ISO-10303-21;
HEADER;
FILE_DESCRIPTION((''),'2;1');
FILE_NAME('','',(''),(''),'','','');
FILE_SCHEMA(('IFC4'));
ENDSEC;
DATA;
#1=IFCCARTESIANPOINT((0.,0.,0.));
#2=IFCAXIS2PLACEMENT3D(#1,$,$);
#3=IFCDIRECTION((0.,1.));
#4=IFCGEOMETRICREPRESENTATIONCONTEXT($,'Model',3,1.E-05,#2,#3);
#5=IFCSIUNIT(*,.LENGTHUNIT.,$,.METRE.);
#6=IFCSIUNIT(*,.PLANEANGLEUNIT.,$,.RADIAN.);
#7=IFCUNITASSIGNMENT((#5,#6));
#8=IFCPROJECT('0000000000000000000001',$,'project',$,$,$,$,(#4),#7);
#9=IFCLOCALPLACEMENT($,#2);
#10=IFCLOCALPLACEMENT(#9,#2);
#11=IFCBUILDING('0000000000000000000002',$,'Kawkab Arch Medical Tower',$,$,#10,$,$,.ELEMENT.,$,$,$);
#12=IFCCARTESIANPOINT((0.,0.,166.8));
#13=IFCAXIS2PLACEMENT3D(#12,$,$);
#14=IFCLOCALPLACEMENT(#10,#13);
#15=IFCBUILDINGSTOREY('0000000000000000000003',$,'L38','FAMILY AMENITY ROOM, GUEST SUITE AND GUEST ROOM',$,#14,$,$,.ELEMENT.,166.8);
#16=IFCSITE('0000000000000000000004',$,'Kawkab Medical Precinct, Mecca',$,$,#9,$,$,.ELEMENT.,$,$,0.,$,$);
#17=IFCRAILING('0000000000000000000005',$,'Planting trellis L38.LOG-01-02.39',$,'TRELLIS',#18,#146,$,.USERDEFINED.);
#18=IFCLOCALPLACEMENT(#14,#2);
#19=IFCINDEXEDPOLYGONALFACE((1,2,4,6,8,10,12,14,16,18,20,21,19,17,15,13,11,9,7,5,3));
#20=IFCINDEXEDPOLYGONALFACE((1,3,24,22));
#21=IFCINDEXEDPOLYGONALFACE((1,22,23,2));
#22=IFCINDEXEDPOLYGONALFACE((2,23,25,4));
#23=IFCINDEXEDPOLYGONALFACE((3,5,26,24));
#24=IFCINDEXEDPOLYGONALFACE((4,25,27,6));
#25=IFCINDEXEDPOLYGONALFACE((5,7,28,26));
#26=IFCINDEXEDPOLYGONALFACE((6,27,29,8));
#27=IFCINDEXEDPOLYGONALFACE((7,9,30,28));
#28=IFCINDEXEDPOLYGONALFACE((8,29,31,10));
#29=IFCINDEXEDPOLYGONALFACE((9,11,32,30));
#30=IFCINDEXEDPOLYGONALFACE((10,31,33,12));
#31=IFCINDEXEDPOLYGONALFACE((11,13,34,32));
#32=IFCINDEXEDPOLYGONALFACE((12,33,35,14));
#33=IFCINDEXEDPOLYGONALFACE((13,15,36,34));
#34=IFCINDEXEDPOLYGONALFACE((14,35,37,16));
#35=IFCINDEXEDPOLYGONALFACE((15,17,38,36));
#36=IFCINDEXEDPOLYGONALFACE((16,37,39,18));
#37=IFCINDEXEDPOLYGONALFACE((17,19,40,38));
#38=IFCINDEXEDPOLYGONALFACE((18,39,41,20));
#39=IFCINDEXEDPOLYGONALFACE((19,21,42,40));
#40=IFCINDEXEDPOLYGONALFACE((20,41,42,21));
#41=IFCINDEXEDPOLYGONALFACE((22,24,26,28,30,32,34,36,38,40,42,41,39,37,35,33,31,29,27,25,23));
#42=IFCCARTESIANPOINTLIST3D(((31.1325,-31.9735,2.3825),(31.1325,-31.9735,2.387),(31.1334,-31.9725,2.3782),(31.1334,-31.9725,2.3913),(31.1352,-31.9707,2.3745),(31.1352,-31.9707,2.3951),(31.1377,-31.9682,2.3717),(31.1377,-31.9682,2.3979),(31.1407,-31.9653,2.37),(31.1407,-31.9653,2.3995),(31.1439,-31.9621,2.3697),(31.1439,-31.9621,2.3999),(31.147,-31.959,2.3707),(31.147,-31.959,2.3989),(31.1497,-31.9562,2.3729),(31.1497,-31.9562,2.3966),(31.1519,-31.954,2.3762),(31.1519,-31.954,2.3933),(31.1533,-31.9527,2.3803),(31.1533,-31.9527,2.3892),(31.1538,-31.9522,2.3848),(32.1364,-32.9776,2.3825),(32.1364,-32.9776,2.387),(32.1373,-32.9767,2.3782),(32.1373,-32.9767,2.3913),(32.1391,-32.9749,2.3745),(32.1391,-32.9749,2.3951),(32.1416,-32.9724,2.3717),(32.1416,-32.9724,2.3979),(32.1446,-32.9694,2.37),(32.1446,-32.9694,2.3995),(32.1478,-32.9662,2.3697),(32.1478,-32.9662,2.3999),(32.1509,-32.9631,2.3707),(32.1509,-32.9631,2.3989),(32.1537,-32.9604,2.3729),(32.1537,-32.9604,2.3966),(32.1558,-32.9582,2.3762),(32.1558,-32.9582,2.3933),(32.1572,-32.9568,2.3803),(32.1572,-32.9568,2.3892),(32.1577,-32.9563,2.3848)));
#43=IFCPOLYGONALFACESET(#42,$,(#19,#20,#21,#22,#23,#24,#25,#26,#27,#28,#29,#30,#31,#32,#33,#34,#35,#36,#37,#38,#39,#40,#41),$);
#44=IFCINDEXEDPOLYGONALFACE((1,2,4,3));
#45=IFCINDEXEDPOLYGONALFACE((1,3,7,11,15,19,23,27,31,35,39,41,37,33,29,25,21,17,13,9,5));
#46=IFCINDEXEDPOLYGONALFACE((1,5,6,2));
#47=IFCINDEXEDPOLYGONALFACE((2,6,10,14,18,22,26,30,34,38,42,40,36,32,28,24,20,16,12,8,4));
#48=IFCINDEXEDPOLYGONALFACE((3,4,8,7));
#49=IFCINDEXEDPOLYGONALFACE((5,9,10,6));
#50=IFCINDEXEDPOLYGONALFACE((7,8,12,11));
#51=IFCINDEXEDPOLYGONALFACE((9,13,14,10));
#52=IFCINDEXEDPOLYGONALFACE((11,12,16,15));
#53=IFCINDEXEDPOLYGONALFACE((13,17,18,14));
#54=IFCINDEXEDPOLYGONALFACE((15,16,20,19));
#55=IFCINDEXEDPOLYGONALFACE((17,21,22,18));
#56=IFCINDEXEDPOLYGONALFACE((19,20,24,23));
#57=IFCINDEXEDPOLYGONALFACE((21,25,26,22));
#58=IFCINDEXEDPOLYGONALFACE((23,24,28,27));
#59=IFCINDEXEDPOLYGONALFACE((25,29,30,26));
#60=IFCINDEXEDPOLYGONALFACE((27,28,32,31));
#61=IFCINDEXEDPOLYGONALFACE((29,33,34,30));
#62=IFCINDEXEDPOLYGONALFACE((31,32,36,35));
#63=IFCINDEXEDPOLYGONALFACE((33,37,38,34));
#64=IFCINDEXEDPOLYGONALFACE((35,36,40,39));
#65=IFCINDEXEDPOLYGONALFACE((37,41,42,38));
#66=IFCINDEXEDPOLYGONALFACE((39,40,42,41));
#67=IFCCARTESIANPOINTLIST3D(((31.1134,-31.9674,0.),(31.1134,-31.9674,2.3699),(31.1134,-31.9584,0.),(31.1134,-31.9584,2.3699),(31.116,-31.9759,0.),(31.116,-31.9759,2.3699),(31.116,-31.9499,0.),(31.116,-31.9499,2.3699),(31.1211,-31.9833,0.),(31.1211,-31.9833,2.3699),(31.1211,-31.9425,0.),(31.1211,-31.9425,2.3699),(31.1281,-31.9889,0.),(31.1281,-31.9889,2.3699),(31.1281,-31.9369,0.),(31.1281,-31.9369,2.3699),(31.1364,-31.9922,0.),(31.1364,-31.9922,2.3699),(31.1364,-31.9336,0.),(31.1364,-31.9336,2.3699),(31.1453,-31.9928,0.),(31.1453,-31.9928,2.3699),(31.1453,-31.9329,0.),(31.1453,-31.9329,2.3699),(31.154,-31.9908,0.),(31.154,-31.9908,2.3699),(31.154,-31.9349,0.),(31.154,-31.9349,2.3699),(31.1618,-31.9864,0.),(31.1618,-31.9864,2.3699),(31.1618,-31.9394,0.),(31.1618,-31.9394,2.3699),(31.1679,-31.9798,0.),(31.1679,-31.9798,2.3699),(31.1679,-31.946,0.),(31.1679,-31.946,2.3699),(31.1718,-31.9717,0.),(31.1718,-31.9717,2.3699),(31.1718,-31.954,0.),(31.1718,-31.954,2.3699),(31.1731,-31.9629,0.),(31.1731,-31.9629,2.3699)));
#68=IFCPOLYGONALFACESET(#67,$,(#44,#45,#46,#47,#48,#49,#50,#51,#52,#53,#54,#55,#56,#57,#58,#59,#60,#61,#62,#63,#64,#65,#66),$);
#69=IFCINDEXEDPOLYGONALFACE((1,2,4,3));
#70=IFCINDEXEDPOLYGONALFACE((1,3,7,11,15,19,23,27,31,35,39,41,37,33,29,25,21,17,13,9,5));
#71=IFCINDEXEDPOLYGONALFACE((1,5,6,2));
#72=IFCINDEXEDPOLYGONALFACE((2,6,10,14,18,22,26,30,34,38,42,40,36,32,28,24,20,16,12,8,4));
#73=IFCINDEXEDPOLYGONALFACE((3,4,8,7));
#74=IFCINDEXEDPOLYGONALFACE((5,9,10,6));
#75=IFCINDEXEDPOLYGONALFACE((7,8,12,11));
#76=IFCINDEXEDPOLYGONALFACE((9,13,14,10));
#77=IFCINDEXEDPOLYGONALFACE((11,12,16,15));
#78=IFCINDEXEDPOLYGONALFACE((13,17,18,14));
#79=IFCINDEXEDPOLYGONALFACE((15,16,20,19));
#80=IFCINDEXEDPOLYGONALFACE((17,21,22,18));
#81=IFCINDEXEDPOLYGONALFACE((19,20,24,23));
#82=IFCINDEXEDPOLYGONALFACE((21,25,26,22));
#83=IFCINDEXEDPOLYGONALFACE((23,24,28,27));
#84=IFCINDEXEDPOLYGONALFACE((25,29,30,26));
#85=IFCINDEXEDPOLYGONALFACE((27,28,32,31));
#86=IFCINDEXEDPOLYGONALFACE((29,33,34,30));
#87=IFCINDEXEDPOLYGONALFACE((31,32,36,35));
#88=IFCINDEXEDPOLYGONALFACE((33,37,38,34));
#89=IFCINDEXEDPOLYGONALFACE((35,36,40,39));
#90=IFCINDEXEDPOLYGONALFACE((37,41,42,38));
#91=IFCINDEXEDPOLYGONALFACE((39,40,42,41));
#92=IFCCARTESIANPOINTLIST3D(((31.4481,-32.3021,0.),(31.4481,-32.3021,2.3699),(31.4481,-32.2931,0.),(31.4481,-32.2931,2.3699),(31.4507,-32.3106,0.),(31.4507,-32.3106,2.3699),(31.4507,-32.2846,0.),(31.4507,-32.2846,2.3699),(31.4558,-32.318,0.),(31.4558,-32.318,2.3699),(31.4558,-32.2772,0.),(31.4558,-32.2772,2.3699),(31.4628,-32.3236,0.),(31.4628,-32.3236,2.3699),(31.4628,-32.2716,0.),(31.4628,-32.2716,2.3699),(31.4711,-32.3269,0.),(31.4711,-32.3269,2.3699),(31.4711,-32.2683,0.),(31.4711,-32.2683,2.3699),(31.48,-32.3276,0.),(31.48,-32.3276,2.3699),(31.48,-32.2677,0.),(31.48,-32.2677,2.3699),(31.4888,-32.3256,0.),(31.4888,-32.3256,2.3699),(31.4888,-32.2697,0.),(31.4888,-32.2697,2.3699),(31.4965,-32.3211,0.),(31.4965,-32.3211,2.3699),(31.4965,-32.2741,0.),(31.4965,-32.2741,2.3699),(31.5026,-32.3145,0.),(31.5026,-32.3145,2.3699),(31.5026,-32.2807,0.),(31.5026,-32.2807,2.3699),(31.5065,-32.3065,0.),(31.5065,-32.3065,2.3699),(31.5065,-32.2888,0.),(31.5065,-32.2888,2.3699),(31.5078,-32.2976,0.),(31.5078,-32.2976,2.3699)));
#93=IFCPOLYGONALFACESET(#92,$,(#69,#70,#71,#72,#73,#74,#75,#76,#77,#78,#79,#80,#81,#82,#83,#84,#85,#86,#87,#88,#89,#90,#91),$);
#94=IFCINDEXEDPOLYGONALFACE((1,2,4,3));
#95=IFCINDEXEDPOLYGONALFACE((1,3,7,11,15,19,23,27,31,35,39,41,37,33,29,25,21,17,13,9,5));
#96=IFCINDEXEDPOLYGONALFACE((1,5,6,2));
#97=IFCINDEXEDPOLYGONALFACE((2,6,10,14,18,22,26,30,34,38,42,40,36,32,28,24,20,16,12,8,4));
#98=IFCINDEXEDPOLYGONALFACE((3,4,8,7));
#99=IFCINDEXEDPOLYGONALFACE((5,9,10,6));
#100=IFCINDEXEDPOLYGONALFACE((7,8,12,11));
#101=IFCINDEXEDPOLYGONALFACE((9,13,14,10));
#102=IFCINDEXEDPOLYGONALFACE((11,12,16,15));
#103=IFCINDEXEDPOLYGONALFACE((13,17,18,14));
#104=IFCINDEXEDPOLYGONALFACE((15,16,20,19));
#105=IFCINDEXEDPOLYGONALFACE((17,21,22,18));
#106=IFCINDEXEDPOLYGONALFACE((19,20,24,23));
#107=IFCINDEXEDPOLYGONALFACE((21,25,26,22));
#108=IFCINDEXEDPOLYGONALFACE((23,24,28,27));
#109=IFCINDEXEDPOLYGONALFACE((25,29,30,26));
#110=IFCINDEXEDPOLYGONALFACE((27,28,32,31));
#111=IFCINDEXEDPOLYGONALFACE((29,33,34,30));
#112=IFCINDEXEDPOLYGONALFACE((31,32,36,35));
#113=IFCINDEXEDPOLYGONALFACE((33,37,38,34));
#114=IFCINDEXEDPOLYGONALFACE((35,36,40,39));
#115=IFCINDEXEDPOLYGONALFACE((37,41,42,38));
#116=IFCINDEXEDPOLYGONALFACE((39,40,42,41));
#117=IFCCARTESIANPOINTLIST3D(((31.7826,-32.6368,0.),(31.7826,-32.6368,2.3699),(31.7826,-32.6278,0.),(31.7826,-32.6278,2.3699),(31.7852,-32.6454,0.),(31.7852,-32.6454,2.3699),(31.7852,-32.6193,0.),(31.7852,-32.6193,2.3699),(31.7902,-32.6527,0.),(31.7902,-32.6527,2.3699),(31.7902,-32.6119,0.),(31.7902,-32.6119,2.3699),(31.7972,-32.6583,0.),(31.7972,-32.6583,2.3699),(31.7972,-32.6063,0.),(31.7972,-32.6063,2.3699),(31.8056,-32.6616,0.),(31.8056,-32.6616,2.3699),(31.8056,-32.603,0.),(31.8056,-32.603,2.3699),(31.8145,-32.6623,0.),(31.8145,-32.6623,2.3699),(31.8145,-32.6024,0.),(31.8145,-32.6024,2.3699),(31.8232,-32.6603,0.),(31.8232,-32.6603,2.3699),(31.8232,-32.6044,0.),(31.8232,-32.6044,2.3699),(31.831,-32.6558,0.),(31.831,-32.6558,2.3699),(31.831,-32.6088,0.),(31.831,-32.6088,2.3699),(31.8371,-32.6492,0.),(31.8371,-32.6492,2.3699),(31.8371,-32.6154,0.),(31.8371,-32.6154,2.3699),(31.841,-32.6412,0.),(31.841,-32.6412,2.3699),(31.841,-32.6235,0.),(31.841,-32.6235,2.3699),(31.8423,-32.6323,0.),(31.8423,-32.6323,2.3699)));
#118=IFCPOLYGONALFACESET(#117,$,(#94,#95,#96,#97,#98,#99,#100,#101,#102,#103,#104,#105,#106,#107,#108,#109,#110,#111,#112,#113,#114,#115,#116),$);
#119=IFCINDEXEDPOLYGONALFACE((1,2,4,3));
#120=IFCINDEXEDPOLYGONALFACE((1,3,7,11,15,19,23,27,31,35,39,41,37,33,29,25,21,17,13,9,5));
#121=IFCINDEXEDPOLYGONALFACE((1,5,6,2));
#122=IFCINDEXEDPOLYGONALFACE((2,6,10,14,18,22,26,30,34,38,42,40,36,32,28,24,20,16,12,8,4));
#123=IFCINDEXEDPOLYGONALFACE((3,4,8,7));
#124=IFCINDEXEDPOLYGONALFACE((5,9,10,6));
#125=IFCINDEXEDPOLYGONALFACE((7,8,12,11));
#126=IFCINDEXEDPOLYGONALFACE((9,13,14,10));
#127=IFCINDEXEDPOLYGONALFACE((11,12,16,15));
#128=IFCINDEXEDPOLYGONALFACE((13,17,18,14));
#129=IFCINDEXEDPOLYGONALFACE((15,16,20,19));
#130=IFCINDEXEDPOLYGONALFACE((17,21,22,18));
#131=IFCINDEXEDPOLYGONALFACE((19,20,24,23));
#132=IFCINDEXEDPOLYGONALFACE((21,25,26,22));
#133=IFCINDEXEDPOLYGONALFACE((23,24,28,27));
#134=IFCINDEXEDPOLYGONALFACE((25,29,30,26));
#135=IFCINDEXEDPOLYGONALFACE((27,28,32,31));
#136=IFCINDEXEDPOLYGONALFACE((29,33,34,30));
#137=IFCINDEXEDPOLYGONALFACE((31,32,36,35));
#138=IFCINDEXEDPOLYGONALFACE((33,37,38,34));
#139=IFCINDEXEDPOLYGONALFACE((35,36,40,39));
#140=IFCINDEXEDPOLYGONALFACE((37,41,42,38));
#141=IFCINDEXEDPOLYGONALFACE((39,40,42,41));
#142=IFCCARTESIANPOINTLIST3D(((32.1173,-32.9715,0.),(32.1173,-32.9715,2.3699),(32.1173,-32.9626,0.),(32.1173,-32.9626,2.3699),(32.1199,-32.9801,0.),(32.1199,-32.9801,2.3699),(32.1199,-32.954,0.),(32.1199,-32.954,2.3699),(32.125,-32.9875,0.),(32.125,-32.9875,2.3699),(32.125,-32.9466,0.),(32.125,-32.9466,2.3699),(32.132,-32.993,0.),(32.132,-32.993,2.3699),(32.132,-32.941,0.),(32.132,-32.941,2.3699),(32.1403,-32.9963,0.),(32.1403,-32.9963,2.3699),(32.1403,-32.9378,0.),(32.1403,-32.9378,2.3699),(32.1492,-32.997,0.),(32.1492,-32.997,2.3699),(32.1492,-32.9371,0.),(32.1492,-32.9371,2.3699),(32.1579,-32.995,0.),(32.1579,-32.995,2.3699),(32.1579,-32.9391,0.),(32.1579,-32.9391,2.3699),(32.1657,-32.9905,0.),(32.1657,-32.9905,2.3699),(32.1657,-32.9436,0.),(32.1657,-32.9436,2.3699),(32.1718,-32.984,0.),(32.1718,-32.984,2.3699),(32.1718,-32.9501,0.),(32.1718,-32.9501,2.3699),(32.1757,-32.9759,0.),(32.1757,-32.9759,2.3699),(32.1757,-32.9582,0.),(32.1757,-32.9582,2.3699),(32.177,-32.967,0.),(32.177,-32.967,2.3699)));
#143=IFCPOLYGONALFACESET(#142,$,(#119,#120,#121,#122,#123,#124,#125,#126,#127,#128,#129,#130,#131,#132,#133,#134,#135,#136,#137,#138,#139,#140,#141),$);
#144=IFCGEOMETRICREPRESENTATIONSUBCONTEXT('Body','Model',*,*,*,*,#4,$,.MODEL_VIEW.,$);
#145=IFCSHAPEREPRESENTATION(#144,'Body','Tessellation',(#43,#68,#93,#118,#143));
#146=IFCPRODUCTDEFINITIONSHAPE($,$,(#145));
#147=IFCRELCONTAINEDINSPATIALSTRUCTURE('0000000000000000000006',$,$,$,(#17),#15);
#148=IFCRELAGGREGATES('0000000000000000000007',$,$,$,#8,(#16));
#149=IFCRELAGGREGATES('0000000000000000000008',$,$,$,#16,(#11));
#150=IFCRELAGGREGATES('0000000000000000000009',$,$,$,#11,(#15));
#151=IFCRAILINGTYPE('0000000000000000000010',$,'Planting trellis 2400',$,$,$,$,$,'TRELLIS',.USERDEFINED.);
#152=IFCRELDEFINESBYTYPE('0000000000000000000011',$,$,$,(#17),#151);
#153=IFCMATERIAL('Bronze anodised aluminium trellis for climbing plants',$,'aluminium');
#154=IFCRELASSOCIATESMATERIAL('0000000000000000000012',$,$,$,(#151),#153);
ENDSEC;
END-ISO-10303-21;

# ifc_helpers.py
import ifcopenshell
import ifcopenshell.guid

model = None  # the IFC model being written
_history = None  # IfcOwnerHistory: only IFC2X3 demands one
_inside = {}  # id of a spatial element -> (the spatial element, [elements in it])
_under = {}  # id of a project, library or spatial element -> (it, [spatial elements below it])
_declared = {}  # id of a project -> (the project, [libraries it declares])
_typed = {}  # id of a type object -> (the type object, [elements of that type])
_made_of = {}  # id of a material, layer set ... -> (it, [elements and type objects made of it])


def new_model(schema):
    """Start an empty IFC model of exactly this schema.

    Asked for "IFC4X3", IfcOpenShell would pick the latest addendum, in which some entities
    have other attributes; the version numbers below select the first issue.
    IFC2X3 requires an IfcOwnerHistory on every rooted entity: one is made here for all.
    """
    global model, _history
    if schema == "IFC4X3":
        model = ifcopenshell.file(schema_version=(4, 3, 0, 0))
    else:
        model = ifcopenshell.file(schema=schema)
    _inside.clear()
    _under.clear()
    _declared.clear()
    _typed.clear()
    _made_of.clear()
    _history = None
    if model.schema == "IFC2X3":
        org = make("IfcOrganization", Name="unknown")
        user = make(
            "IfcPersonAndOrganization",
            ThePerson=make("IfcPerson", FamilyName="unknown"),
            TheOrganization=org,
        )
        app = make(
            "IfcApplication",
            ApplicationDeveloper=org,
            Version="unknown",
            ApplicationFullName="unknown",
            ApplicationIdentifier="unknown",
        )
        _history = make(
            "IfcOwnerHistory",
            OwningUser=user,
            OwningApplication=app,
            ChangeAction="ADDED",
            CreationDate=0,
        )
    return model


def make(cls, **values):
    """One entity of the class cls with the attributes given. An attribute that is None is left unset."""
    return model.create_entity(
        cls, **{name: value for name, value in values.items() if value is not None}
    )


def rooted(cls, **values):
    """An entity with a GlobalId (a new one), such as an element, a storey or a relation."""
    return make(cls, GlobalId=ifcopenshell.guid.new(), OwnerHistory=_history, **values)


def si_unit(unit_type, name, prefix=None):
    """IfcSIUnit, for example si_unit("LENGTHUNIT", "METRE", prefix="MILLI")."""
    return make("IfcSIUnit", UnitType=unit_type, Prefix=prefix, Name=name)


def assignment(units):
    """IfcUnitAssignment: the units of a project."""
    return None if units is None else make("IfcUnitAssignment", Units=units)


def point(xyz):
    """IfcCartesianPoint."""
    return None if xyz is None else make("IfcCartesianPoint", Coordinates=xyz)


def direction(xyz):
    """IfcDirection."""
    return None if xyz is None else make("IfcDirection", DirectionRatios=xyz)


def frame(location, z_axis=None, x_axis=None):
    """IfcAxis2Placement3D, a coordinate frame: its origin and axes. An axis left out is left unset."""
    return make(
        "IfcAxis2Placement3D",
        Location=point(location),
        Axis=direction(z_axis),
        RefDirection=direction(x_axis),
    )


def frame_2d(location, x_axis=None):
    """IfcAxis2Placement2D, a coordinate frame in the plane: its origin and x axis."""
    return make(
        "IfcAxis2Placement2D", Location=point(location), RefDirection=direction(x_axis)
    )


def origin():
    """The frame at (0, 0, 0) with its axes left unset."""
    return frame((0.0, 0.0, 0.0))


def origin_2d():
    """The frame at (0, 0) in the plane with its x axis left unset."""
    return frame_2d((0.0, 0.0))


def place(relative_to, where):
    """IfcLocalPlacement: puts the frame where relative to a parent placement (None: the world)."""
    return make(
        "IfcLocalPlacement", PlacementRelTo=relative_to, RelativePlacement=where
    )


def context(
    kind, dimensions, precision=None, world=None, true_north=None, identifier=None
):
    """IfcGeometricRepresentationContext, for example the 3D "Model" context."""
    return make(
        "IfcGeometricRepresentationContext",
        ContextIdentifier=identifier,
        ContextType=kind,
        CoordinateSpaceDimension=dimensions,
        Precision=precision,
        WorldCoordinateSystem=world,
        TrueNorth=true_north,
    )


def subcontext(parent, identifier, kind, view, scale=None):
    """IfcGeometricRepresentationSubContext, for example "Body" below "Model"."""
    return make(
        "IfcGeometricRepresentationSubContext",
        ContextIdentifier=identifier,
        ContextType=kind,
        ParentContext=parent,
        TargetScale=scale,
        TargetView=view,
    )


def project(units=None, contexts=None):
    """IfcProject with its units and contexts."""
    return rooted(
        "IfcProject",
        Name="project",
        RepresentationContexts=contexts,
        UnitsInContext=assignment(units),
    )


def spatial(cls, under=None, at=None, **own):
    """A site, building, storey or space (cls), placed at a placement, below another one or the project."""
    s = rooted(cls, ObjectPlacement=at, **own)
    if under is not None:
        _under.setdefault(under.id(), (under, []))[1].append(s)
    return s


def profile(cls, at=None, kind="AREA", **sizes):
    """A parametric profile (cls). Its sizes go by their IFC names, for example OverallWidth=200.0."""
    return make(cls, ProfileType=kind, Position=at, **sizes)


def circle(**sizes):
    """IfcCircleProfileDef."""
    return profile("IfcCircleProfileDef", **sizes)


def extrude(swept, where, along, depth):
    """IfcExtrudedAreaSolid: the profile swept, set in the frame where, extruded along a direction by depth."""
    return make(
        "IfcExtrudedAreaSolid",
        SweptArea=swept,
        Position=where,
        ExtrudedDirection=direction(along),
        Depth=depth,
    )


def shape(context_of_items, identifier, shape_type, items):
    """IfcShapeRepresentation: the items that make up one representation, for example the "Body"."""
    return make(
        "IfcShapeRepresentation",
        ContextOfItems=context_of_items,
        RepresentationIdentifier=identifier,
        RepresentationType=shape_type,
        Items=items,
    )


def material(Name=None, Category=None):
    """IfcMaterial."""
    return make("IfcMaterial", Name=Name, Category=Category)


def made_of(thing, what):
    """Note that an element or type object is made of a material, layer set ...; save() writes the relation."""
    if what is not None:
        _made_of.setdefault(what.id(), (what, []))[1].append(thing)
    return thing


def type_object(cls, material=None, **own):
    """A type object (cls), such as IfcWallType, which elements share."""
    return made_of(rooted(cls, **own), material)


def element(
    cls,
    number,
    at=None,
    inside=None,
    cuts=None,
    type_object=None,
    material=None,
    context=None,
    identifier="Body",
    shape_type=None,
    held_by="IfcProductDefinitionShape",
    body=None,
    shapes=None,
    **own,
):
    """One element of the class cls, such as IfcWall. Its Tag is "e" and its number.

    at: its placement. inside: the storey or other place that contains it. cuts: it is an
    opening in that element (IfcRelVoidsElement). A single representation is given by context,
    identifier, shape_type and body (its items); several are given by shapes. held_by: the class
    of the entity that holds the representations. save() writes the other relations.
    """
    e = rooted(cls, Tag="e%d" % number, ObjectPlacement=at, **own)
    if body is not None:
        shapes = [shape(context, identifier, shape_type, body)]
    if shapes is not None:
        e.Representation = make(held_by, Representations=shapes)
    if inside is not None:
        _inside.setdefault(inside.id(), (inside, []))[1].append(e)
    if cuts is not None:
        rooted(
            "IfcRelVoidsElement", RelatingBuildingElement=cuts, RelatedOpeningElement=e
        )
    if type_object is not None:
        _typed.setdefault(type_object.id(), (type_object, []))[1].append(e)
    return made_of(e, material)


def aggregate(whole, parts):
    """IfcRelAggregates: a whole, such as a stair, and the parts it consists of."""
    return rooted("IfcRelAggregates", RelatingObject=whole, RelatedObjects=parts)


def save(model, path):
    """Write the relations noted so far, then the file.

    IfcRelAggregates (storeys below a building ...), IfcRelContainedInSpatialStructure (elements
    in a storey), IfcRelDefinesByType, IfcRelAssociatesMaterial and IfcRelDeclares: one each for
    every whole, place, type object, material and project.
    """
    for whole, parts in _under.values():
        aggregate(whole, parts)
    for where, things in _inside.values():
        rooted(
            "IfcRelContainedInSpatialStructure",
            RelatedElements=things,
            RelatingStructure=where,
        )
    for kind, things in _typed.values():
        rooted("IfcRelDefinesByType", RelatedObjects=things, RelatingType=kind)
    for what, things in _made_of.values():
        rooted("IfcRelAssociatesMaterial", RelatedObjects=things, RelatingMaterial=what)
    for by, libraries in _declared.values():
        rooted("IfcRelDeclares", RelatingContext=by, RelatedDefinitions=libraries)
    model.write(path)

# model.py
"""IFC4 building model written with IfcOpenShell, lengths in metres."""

from ifc_helpers import new_model, si_unit, direction, frame, origin, origin_2d, place, context, subcontext, project, spatial, circle, extrude, material, type_object, element, save


model = new_model("IFC4")

# Units and contexts
model_context = context("Model", 3, precision=1e-05, world=origin(), true_north=direction((0.0, 1.0)))
body_context = subcontext(model_context, "Body", "Model", "MODEL_VIEW")
ifc_project = project(units=[si_unit("LENGTHUNIT", "METRE"), si_unit("PLANEANGLEUNIT", "RADIAN")], contexts=[model_context])

# Site, building, storey
site_placement = place(None, origin())
site = spatial("IfcSite", under=ifc_project, at=site_placement, Name="Kawkab Medical Precinct, Mecca", CompositionType="ELEMENT", RefElevation=0.0)
building_placement = place(site_placement, origin())
building = spatial("IfcBuilding", under=site, at=building_placement, Name="Kawkab Arch Medical Tower", CompositionType="ELEMENT")
storey_placement = place(building_placement, frame((0.0, 0.0, 166.8)))
storey = spatial("IfcBuildingStorey", under=building, at=storey_placement, Name="L38", Description="FAMILY AMENITY ROOM, GUEST SUITE AND GUEST ROOM", CompositionType="ELEMENT", Elevation=166.8)

# Railing
ifc_material_1 = material(Name="Bronze anodised aluminium trellis for climbing plants", Category="aluminium")
railing_type_1 = type_object("IfcRailingType", Name="Planting trellis 2400", ElementType="TRELLIS", PredefinedType="USERDEFINED", material=ifc_material_1)
railing_1_placement = place(storey_placement, frame((31.1431, -31.9629, 0.0)))
element("IfcRailing", 1, at=railing_1_placement, inside=storey, type_object=railing_type_1, Name="Planting trellis L38.LOG-01-02.39", ObjectType="TRELLIS", PredefinedType="USERDEFINED", context=body_context, shape_type="SweptSolid", body=[
    extrude(circle(Radius=0.0151, at=origin_2d()), frame((0.0, 0.0, 2.3848), z_axis=(0.707021, -0.707193, 0.0), x_axis=(0.707193, 0.707021, 0.0)), (0.0, 0.0, 1.0), 1.4199),
    extrude(circle(Radius=0.03, at=origin_2d()), origin(), (0.0, 0.0, 1.0), 2.3699),
    extrude(circle(Radius=0.03, at=origin_2d()), frame((0.3347, -0.3347, 0.0)), (0.0, 0.0, 1.0), 2.3699),
    extrude(circle(Radius=0.03, at=origin_2d()), frame((0.6692, -0.6694, 0.0)), (0.0, 0.0, 1.0), 2.3699),
    extrude(circle(Radius=0.03, at=origin_2d()), frame((1.0039, -1.0042, 0.0)), (0.0, 0.0, 1.0), 2.3699),
])

save(model, "model.ifc")
